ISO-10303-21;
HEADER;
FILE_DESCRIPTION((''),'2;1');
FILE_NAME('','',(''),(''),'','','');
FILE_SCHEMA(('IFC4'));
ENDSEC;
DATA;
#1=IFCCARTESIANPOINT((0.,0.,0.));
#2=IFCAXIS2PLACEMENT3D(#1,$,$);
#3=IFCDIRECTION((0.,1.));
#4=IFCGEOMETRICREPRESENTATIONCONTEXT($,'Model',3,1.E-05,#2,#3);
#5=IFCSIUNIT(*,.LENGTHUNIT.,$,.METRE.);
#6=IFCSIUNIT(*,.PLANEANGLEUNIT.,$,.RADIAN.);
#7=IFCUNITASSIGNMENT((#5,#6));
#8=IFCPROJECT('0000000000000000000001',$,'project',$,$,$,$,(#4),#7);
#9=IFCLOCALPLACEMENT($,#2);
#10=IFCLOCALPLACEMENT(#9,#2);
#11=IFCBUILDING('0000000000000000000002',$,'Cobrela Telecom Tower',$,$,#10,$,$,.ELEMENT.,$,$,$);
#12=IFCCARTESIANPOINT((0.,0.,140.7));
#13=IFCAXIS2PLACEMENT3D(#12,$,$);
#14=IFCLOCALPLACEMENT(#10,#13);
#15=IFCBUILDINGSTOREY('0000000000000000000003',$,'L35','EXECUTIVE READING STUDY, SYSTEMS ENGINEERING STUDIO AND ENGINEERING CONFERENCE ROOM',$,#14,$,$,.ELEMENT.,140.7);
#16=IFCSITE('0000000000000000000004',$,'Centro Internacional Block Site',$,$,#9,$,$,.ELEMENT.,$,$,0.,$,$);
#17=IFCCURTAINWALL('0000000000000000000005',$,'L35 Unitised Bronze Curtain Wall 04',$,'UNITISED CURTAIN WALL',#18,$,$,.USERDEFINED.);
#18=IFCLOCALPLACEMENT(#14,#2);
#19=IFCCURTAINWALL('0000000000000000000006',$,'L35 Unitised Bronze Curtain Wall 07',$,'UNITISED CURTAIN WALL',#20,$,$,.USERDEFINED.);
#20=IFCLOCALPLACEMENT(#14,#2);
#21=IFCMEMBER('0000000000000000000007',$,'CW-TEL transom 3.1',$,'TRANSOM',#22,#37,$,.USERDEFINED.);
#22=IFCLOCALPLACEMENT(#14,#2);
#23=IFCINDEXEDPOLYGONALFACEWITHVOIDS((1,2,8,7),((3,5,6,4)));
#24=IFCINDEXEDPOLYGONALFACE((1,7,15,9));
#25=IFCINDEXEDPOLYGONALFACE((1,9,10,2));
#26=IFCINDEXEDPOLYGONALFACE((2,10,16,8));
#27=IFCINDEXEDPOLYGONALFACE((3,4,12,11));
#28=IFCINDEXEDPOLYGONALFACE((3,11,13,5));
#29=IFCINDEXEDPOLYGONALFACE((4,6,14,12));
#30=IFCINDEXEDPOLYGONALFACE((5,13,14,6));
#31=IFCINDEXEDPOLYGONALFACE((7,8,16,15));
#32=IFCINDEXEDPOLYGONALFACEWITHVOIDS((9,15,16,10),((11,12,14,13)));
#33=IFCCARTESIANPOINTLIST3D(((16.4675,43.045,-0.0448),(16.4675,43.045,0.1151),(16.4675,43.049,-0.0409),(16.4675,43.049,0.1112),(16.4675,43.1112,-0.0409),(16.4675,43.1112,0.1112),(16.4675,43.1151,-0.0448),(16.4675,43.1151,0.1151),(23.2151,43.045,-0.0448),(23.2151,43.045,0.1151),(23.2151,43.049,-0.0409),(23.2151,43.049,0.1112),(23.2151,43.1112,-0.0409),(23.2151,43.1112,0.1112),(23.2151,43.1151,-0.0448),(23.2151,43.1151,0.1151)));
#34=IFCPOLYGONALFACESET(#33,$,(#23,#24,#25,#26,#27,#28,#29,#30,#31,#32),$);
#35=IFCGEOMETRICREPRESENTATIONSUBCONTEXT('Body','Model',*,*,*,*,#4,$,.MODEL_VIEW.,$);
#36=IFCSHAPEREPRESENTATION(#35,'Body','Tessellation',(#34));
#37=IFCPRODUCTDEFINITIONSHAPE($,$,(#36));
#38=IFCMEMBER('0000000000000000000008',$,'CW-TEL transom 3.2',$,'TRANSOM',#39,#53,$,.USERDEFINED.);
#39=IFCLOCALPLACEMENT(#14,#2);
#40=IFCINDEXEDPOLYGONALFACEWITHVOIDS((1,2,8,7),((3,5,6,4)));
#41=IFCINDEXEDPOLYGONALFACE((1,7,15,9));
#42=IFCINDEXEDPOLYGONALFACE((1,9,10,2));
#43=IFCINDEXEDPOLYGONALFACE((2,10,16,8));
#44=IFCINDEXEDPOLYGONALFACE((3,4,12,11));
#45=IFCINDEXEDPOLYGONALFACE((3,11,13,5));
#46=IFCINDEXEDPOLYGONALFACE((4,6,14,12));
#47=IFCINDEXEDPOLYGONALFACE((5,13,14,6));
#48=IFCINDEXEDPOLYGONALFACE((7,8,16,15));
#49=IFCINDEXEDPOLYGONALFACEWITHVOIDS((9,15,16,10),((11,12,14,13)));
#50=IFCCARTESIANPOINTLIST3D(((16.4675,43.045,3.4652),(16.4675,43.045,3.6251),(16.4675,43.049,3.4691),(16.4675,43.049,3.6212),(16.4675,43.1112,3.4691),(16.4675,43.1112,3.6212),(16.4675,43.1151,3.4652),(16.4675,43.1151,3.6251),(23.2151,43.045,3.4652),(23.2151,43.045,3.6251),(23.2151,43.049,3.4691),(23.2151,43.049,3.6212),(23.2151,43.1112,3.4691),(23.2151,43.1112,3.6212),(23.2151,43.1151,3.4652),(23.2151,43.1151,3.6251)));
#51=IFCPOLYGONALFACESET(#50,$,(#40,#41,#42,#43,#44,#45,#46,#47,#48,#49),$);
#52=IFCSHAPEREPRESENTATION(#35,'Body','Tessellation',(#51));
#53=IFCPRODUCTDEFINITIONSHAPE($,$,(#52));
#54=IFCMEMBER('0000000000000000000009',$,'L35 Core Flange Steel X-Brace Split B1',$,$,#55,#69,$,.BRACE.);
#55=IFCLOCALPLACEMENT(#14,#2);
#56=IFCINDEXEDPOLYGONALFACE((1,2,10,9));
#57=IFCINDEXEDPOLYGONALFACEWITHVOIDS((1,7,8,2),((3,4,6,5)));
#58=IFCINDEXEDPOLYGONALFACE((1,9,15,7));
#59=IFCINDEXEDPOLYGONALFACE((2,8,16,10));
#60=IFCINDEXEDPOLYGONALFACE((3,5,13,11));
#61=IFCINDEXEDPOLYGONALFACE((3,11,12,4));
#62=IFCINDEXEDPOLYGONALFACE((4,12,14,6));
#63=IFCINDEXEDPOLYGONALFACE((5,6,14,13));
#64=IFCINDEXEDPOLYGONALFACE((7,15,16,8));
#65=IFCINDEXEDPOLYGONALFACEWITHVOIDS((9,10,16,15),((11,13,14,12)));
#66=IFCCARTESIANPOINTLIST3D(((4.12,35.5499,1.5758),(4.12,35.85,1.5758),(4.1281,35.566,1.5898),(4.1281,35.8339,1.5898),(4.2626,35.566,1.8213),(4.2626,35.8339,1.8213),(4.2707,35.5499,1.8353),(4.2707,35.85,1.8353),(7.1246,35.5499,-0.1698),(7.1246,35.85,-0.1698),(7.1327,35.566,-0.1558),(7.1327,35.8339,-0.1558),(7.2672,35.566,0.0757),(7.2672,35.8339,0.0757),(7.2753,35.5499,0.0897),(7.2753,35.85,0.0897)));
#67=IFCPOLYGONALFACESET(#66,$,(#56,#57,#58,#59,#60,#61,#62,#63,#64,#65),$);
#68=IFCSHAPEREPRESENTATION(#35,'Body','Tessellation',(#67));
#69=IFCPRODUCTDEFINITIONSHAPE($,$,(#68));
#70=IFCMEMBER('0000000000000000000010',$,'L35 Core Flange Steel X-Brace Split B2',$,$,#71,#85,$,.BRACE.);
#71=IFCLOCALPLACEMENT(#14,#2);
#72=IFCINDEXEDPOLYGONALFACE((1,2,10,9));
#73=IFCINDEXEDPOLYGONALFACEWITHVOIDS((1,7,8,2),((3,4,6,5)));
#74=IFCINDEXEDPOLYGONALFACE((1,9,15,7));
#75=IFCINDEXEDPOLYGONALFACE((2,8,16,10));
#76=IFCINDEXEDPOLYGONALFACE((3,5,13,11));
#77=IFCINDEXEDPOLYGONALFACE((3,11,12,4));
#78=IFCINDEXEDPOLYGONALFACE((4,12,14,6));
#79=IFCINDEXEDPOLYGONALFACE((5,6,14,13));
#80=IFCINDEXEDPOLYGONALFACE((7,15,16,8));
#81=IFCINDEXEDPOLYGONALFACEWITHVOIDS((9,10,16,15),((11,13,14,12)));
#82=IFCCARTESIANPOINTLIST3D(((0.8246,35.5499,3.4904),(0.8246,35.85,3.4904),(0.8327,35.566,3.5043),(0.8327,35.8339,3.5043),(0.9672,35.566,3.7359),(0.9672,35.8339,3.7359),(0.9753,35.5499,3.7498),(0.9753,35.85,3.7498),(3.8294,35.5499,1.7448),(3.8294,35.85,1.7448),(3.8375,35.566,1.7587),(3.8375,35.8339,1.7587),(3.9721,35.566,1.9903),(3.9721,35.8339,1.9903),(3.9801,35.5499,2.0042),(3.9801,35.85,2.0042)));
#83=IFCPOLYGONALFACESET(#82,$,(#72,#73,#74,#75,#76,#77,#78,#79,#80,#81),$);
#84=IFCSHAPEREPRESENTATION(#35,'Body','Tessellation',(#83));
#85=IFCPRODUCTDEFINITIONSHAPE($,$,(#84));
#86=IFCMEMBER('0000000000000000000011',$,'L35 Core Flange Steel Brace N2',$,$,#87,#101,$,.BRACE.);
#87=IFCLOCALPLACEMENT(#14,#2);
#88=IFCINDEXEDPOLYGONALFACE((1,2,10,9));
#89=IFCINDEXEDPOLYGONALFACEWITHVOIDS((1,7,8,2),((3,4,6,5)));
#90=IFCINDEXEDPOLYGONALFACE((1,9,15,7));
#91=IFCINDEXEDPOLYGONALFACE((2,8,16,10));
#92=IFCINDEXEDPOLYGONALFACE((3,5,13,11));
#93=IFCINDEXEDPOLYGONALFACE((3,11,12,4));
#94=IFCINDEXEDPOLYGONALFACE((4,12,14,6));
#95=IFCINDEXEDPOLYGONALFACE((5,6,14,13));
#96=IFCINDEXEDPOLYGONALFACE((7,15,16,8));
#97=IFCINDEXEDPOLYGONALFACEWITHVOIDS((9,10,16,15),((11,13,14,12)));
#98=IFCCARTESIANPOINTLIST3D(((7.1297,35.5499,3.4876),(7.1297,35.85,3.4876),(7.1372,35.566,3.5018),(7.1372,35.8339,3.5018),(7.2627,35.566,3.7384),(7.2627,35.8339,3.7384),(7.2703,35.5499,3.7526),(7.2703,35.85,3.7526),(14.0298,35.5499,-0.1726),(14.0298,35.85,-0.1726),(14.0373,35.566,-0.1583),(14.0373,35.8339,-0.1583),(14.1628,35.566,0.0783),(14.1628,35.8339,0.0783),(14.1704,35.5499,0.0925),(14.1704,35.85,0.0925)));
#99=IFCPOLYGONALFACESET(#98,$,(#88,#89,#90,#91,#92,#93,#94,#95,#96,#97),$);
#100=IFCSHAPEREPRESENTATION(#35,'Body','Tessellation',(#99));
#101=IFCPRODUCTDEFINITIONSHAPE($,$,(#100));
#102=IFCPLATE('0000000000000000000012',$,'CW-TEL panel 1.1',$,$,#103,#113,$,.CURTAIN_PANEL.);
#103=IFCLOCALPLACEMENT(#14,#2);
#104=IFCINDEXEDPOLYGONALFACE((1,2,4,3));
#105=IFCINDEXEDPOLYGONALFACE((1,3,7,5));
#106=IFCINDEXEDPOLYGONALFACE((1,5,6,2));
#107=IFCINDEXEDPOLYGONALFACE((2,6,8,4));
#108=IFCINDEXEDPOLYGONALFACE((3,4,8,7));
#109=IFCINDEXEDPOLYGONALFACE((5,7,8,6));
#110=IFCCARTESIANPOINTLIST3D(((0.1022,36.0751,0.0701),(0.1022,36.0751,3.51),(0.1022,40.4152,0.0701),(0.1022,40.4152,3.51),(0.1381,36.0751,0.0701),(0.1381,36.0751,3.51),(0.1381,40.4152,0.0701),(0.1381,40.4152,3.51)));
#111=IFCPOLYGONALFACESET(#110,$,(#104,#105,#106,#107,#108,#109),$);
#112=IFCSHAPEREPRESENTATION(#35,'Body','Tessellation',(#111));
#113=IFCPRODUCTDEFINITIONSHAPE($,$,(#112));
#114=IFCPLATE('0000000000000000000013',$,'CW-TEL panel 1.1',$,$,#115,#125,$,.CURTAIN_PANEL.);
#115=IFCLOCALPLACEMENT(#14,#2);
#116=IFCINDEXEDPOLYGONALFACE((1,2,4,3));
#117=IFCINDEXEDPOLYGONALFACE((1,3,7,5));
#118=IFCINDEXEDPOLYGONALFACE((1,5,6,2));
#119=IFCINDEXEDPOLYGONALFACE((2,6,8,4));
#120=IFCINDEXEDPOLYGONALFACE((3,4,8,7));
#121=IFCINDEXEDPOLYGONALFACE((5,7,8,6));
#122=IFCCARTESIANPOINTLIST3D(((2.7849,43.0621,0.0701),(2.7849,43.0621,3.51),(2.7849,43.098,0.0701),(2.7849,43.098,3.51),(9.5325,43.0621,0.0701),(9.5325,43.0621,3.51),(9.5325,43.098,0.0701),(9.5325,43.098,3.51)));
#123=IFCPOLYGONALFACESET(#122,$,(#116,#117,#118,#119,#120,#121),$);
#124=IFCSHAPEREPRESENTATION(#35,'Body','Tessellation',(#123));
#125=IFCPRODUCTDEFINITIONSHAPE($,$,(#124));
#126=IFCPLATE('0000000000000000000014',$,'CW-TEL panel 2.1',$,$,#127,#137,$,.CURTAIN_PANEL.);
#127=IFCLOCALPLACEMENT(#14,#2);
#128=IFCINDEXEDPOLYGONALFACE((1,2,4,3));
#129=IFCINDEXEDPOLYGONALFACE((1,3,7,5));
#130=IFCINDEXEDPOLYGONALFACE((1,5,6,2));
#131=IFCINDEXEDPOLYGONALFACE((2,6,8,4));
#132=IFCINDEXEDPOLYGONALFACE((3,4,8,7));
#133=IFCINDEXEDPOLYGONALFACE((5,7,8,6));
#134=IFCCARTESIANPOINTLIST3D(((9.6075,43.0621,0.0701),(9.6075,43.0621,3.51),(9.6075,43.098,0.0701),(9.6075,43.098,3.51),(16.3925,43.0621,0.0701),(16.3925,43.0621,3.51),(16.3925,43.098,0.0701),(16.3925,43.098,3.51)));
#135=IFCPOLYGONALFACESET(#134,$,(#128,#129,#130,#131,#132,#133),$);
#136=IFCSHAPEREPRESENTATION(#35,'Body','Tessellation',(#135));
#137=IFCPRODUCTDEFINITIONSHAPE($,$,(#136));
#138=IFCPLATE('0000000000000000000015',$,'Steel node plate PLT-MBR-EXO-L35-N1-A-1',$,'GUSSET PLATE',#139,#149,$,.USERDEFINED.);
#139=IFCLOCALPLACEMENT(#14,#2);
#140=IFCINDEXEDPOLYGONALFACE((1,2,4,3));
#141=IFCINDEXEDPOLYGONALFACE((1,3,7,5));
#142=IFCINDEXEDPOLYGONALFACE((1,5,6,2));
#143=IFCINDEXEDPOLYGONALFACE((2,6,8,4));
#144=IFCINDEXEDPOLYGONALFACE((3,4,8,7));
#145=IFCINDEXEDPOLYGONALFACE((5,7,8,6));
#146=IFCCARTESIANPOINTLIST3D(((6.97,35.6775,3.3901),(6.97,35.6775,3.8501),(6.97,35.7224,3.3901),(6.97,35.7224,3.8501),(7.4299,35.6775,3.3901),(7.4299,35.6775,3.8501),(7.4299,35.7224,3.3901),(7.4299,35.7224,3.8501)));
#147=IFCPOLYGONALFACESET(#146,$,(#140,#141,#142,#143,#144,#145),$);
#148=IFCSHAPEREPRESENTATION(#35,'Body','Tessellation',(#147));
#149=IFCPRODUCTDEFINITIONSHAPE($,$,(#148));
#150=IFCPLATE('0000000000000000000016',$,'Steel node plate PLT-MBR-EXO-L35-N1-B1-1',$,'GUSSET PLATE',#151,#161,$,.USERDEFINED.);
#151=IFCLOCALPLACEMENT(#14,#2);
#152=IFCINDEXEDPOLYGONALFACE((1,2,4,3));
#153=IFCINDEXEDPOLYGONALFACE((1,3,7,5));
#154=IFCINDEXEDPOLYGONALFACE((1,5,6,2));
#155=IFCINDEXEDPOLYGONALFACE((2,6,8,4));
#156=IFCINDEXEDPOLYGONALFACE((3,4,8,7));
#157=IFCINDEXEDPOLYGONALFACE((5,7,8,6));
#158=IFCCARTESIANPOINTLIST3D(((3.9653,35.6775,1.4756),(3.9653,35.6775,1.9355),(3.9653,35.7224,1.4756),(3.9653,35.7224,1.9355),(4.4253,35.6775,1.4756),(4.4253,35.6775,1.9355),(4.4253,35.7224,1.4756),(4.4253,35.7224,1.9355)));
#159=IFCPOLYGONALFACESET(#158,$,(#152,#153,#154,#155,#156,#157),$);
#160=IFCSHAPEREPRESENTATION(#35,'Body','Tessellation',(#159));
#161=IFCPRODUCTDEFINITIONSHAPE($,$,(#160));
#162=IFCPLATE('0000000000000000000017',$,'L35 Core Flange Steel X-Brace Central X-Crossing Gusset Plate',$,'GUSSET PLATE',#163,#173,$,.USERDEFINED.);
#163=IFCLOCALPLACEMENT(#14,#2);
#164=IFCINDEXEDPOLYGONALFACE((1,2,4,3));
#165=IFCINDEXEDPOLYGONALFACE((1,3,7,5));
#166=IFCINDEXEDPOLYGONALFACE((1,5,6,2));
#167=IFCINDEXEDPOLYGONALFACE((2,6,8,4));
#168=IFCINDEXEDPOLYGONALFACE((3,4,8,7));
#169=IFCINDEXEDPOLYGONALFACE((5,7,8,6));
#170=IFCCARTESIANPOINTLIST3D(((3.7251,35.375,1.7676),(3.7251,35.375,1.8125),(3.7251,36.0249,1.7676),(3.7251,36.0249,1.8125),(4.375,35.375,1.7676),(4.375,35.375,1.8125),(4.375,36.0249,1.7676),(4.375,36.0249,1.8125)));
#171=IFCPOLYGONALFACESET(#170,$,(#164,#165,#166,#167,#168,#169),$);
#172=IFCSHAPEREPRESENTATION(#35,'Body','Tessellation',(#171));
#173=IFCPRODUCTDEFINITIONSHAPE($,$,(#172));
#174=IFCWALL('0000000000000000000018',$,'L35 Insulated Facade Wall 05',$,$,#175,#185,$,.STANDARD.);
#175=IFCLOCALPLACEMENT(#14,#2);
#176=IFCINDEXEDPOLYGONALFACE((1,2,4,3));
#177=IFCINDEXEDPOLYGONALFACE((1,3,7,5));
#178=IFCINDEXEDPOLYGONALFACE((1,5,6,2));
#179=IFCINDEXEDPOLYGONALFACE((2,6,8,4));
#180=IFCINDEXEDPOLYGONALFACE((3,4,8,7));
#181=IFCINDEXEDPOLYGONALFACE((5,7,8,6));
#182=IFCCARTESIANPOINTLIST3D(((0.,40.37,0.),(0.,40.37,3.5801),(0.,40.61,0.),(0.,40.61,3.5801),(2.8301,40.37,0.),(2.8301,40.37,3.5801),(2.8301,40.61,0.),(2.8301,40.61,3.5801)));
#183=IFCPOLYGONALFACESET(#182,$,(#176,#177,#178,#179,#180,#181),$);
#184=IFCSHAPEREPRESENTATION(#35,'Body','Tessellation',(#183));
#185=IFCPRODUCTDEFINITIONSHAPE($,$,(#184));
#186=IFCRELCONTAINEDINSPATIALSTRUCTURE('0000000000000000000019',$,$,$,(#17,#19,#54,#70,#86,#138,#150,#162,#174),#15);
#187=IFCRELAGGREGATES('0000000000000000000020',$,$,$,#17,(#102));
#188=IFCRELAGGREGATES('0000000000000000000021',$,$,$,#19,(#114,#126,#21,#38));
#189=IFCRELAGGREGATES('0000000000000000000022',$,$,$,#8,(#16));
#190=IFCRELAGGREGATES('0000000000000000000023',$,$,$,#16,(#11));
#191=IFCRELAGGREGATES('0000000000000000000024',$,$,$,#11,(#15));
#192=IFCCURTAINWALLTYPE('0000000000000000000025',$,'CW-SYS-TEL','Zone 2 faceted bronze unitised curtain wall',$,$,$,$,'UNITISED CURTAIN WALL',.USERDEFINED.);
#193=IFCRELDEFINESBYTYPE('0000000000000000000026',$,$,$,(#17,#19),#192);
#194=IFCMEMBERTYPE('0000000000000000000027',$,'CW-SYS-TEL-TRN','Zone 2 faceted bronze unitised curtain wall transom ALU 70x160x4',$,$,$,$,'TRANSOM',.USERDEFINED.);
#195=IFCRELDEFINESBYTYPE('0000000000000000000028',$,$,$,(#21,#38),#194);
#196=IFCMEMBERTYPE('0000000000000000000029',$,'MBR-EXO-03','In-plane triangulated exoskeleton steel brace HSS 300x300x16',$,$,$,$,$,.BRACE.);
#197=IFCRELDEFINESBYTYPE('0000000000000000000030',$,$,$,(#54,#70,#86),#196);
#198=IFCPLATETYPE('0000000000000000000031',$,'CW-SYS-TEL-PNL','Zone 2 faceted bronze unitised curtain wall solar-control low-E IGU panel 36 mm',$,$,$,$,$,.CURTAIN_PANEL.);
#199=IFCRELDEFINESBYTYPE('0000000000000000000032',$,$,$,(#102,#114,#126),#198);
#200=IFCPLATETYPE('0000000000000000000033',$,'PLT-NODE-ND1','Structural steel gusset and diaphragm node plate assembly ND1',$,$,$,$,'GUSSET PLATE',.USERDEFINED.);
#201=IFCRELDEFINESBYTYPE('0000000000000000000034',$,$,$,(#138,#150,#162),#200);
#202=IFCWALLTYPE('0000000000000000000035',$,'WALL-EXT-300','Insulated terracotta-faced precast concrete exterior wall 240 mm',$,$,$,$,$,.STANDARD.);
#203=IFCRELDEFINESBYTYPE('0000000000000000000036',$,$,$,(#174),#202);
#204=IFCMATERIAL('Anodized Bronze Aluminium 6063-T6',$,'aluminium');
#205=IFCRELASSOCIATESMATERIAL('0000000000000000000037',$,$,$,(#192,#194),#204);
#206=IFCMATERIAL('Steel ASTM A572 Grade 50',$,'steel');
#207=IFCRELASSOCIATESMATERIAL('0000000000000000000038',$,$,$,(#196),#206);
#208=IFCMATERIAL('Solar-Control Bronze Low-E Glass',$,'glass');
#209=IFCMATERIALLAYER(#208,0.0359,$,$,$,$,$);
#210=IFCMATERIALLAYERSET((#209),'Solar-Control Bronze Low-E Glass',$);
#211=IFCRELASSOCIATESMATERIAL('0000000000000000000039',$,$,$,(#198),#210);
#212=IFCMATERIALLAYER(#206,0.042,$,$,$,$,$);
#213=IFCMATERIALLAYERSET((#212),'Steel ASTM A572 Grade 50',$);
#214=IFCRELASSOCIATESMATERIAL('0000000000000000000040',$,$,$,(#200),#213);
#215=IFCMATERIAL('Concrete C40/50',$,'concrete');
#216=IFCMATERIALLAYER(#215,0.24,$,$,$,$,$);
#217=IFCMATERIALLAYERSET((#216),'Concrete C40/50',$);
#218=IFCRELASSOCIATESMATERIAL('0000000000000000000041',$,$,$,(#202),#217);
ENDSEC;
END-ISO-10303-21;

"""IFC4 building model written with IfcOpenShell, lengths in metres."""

from ifc_helpers import new_model, si_unit, direction, frame, frame_2d, origin, origin_2d, place, context, subcontext, project, spatial, rectangle, hollow_rectangle, extrude, material, layer, layer_set, material_profile, profile_set, type_object, element, aggregate, save


model = new_model("IFC4")

# Units and contexts
model_context = context("Model", 3, precision=1e-05, world=origin(), true_north=direction((0.0, 1.0)))
body_context = subcontext(model_context, "Body", "Model", "MODEL_VIEW")
ifc_project = project(units=[si_unit("LENGTHUNIT", "METRE"), si_unit("PLANEANGLEUNIT", "RADIAN")], contexts=[model_context])

# Site, building, storey
site_placement = place(None, origin())
site = spatial("IfcSite", under=ifc_project, at=site_placement, Name="Centro Internacional Block Site", CompositionType="ELEMENT", RefElevation=0.0)
building_placement = place(site_placement, origin())
building = spatial("IfcBuilding", under=site, at=building_placement, Name="Cobrela Telecom Tower", CompositionType="ELEMENT")
storey_placement = place(building_placement, frame((0.0, 0.0, 140.7)))
storey = spatial("IfcBuildingStorey", under=building, at=storey_placement, Name="L35", Description="EXECUTIVE READING STUDY, SYSTEMS ENGINEERING STUDIO AND ENGINEERING CONFERENCE ROOM", CompositionType="ELEMENT", Elevation=140.7)

# Shared definitions
ifc_material_1 = material(Name="Steel ASTM A572 Grade 50", Category="steel")

# Curtain walls
ifc_material_2 = material(Name="Anodized Bronze Aluminium 6063-T6", Category="aluminium")
curtain_wall_type = type_object("IfcCurtainWallType", Name="CW-SYS-TEL", Description="Zone 2 faceted bronze unitised curtain wall", ElementType="UNITISED CURTAIN WALL", PredefinedType="USERDEFINED", material=ifc_material_2)
curtain_wall_1_placement = place(storey_placement, origin())
curtain_wall_1 = element("IfcCurtainWall", 1, at=curtain_wall_1_placement, inside=storey, type_object=curtain_wall_type, Name="L35 Unitised Bronze Curtain Wall 04", ObjectType="UNITISED CURTAIN WALL", PredefinedType="USERDEFINED")
curtain_wall_2_placement = place(storey_placement, origin())
curtain_wall_2 = element("IfcCurtainWall", 2, at=curtain_wall_2_placement, inside=storey, type_object=curtain_wall_type, Name="L35 Unitised Bronze Curtain Wall 07", ObjectType="UNITISED CURTAIN WALL", PredefinedType="USERDEFINED")

# Members
ifc_material_profile_1 = material_profile(ifc_material_2, hollow_rectangle(XDim=0.0701, YDim=0.1599, WallThickness=0.0039, at=origin_2d()), Name="ALU 70x160x4")
ifc_profile_set_1 = profile_set([ifc_material_profile_1], Name="Anodized Bronze Aluminium 6063-T6")
member_type_1 = type_object("IfcMemberType", Name="CW-SYS-TEL-TRN", Description="Zone 2 faceted bronze unitised curtain wall transom ALU 70x160x4", ElementType="TRANSOM", PredefinedType="USERDEFINED", material=ifc_profile_set_1)
member_1_placement = place(storey_placement, frame((16.4675, 43.0801, 0.0352), z_axis=(1.0, 0.0, 0.0), x_axis=(0.0, 1.0, 0.0)))
member_1 = element("IfcMember", 3, at=member_1_placement, type_object=member_type_1, Name="CW-TEL transom 3.1", ObjectType="TRANSOM", PredefinedType="USERDEFINED", context=body_context, shape_type="SweptSolid", body=[
    extrude(hollow_rectangle(XDim=0.0701, YDim=0.1599, WallThickness=0.0039, at=origin_2d()), origin(), (0.0, 0.0, 1.0), 6.7476),
])
member_2_placement = place(storey_placement, frame((16.4675, 43.0801, 3.5452), z_axis=(1.0, 0.0, 0.0), x_axis=(0.0, 1.0, 0.0)))
member_2 = element("IfcMember", 4, at=member_2_placement, type_object=member_type_1, Name="CW-TEL transom 3.2", ObjectType="TRANSOM", PredefinedType="USERDEFINED", context=body_context, shape_type="SweptSolid", body=[
    extrude(hollow_rectangle(XDim=0.0701, YDim=0.1599, WallThickness=0.0039, at=origin_2d()), origin(), (0.0, 0.0, 1.0), 6.7476),
])

# Members
ifc_material_profile_2 = material_profile(ifc_material_1, hollow_rectangle(XDim=0.3, YDim=0.3, WallThickness=0.0161, at=origin_2d()), Name="HSS 300x300x16")
ifc_profile_set_2 = profile_set([ifc_material_profile_2], Name="Steel ASTM A572 Grade 50")
member_type_2 = type_object("IfcMemberType", Name="MBR-EXO-03", Description="In-plane triangulated exoskeleton steel brace HSS 300x300x16", PredefinedType="BRACE", material=ifc_profile_set_2)
member_3_placement = place(storey_placement, frame((7.2, 35.7, -0.04), z_axis=(-0.864667, 0.0, 0.502346), x_axis=(0.0, -1.0, 0.0)))
element("IfcMember", 5, at=member_3_placement, inside=storey, type_object=member_type_2, Name="L35 Core Flange Steel X-Brace Split B1", PredefinedType="BRACE", context=body_context, shape_type="SweptSolid", body=[
    extrude(hollow_rectangle(XDim=0.3, YDim=0.3, WallThickness=0.0161, at=origin_2d()), origin(), (0.0, 0.0, 1.0), 3.4749),
])
member_4_placement = place(storey_placement, frame((3.9048, 35.7, 1.8745), z_axis=(-0.864685, 0.0, 0.502315), x_axis=(0.0, -1.0, 0.0)))
element("IfcMember", 6, at=member_4_placement, inside=storey, type_object=member_type_2, Name="L35 Core Flange Steel X-Brace Split B2", PredefinedType="BRACE", context=body_context, shape_type="SweptSolid", body=[
    extrude(hollow_rectangle(XDim=0.3, YDim=0.3, WallThickness=0.0161, at=origin_2d()), origin(), (0.0, 0.0, 1.0), 3.4751),
])
member_5_placement = place(storey_placement, frame((14.1001, 35.7, -0.04), z_axis=(-0.88341, 0.0, 0.468601), x_axis=(0.0, -1.0, 0.0)))
element("IfcMember", 7, at=member_5_placement, inside=storey, type_object=member_type_2, Name="L35 Core Flange Steel Brace N2", PredefinedType="BRACE", context=body_context, shape_type="SweptSolid", body=[
    extrude(hollow_rectangle(XDim=0.3, YDim=0.3, WallThickness=0.0161, at=origin_2d()), origin(), (0.0, 0.0, 1.0), 7.8108),
])

# Plates
ifc_material_3 = material(Name="Solar-Control Bronze Low-E Glass", Category="glass")
ifc_layer_1 = layer(ifc_material_3, 0.0359)
ifc_layer_set_1 = layer_set([ifc_layer_1], Name="Solar-Control Bronze Low-E Glass")
plate_type_1 = type_object("IfcPlateType", Name="CW-SYS-TEL-PNL", Description="Zone 2 faceted bronze unitised curtain wall solar-control low-E IGU panel 36 mm", PredefinedType="CURTAIN_PANEL", material=ifc_layer_set_1)
plate_1_placement = place(storey_placement, frame((0.1201, 38.2451, 0.0701), z_axis=(0.0, 0.0, 1.0), x_axis=(0.0, 1.0, 0.0)))
plate_1 = element("IfcPlate", 8, at=plate_1_placement, type_object=plate_type_1, Name="CW-TEL panel 1.1", PredefinedType="CURTAIN_PANEL", context=body_context, shape_type="SweptSolid", body=[
    extrude(rectangle(XDim=4.3401, YDim=0.0359, at=origin_2d()), origin(), (0.0, 0.0, 1.0), 3.4399),
])
aggregate(curtain_wall_1, [plate_1])
plate_2_placement = place(storey_placement, frame((6.1587, 43.0801, 0.0701), z_axis=(0.0, 0.0, 1.0), x_axis=(1.0, 0.0, 0.0)))
plate_2 = element("IfcPlate", 9, at=plate_2_placement, type_object=plate_type_1, Name="CW-TEL panel 1.1", PredefinedType="CURTAIN_PANEL", context=body_context, shape_type="SweptSolid", body=[
    extrude(rectangle(XDim=6.7476, YDim=0.0359, at=origin_2d()), origin(), (0.0, 0.0, 1.0), 3.4399),
])
plate_3_placement = place(storey_placement, frame((13.0, 43.0801, 0.0701), z_axis=(0.0, 0.0, 1.0), x_axis=(1.0, 0.0, 0.0)))
plate_3 = element("IfcPlate", 10, at=plate_3_placement, type_object=plate_type_1, Name="CW-TEL panel 2.1", PredefinedType="CURTAIN_PANEL", context=body_context, shape_type="SweptSolid", body=[
    extrude(rectangle(XDim=6.7849, YDim=0.0359, at=origin_2d()), origin(), (0.0, 0.0, 1.0), 3.4399),
])
aggregate(curtain_wall_2, [plate_2, plate_3, member_1, member_2])

# Plates
ifc_layer_2 = layer(ifc_material_1, 0.042)
ifc_layer_set_2 = layer_set([ifc_layer_2], Name="Steel ASTM A572 Grade 50")
plate_type_2 = type_object("IfcPlateType", Name="PLT-NODE-ND1", Description="Structural steel gusset and diaphragm node plate assembly ND1", ElementType="GUSSET PLATE", PredefinedType="USERDEFINED", material=ifc_layer_set_2)
for number, where, z_axis, x_axis, name in (
    (11, (7.2, 35.7, 3.3901), (0.0, 0.0, 1.0), (1.0, 0.0, 0.0), "Steel node plate PLT-MBR-EXO-L35-N1-A-1"),
    (12, (4.1953, 35.7, 1.4756), (0.0, 0.0, 1.0), (-1.0, 0.0, 0.0), "Steel node plate PLT-MBR-EXO-L35-N1-B1-1"),
):
    element("IfcPlate", number, at=place(storey_placement, frame(where, z_axis=z_axis, x_axis=x_axis)), inside=storey, type_object=plate_type_2, Name=name, ObjectType="GUSSET PLATE", PredefinedType="USERDEFINED", context=body_context, shape_type="SweptSolid", body=[
        extrude(rectangle(XDim=0.46, YDim=0.0449, at=origin_2d()), origin(), (0.0, 0.0, 1.0), 0.46),
    ])
plate_4_placement = place(storey_placement, frame((4.05, 35.7, 1.7676), z_axis=(0.0, 0.0, 1.0), x_axis=(1.0, 0.0, 0.0)))
element("IfcPlate", 13, at=plate_4_placement, inside=storey, type_object=plate_type_2, Name="L35 Core Flange Steel X-Brace Central X-Crossing Gusset Plate", ObjectType="GUSSET PLATE", PredefinedType="USERDEFINED", context=body_context, shape_type="SweptSolid", body=[
    extrude(rectangle(XDim=0.6499, YDim=0.6499, at=origin_2d()), origin(), (0.0, 0.0, 1.0), 0.0449),
])

# Wall
ifc_material_4 = material(Name="Concrete C40/50", Category="concrete")
ifc_layer_3 = layer(ifc_material_4, 0.24)
ifc_layer_set_3 = layer_set([ifc_layer_3], Name="Concrete C40/50")
wall_type_1 = type_object("IfcWallType", Name="WALL-EXT-300", Description="Insulated terracotta-faced precast concrete exterior wall 240 mm", PredefinedType="STANDARD", material=ifc_layer_set_3)
wall_1_placement = place(storey_placement, frame((0.0, 40.49, 0.0), z_axis=(0.0, 0.0, 1.0), x_axis=(1.0, 0.0, 0.0)))
element("IfcWall", 14, at=wall_1_placement, inside=storey, type_object=wall_type_1, Name="L35 Insulated Facade Wall 05", PredefinedType="STANDARD", context=body_context, shape_type="SweptSolid", body=[
    extrude(rectangle(XDim=2.8301, YDim=0.24, at=frame_2d((1.415, 0.0))), origin(), (0.0, 0.0, 1.0), 3.5801),
])

save(model, "model.ifc")
